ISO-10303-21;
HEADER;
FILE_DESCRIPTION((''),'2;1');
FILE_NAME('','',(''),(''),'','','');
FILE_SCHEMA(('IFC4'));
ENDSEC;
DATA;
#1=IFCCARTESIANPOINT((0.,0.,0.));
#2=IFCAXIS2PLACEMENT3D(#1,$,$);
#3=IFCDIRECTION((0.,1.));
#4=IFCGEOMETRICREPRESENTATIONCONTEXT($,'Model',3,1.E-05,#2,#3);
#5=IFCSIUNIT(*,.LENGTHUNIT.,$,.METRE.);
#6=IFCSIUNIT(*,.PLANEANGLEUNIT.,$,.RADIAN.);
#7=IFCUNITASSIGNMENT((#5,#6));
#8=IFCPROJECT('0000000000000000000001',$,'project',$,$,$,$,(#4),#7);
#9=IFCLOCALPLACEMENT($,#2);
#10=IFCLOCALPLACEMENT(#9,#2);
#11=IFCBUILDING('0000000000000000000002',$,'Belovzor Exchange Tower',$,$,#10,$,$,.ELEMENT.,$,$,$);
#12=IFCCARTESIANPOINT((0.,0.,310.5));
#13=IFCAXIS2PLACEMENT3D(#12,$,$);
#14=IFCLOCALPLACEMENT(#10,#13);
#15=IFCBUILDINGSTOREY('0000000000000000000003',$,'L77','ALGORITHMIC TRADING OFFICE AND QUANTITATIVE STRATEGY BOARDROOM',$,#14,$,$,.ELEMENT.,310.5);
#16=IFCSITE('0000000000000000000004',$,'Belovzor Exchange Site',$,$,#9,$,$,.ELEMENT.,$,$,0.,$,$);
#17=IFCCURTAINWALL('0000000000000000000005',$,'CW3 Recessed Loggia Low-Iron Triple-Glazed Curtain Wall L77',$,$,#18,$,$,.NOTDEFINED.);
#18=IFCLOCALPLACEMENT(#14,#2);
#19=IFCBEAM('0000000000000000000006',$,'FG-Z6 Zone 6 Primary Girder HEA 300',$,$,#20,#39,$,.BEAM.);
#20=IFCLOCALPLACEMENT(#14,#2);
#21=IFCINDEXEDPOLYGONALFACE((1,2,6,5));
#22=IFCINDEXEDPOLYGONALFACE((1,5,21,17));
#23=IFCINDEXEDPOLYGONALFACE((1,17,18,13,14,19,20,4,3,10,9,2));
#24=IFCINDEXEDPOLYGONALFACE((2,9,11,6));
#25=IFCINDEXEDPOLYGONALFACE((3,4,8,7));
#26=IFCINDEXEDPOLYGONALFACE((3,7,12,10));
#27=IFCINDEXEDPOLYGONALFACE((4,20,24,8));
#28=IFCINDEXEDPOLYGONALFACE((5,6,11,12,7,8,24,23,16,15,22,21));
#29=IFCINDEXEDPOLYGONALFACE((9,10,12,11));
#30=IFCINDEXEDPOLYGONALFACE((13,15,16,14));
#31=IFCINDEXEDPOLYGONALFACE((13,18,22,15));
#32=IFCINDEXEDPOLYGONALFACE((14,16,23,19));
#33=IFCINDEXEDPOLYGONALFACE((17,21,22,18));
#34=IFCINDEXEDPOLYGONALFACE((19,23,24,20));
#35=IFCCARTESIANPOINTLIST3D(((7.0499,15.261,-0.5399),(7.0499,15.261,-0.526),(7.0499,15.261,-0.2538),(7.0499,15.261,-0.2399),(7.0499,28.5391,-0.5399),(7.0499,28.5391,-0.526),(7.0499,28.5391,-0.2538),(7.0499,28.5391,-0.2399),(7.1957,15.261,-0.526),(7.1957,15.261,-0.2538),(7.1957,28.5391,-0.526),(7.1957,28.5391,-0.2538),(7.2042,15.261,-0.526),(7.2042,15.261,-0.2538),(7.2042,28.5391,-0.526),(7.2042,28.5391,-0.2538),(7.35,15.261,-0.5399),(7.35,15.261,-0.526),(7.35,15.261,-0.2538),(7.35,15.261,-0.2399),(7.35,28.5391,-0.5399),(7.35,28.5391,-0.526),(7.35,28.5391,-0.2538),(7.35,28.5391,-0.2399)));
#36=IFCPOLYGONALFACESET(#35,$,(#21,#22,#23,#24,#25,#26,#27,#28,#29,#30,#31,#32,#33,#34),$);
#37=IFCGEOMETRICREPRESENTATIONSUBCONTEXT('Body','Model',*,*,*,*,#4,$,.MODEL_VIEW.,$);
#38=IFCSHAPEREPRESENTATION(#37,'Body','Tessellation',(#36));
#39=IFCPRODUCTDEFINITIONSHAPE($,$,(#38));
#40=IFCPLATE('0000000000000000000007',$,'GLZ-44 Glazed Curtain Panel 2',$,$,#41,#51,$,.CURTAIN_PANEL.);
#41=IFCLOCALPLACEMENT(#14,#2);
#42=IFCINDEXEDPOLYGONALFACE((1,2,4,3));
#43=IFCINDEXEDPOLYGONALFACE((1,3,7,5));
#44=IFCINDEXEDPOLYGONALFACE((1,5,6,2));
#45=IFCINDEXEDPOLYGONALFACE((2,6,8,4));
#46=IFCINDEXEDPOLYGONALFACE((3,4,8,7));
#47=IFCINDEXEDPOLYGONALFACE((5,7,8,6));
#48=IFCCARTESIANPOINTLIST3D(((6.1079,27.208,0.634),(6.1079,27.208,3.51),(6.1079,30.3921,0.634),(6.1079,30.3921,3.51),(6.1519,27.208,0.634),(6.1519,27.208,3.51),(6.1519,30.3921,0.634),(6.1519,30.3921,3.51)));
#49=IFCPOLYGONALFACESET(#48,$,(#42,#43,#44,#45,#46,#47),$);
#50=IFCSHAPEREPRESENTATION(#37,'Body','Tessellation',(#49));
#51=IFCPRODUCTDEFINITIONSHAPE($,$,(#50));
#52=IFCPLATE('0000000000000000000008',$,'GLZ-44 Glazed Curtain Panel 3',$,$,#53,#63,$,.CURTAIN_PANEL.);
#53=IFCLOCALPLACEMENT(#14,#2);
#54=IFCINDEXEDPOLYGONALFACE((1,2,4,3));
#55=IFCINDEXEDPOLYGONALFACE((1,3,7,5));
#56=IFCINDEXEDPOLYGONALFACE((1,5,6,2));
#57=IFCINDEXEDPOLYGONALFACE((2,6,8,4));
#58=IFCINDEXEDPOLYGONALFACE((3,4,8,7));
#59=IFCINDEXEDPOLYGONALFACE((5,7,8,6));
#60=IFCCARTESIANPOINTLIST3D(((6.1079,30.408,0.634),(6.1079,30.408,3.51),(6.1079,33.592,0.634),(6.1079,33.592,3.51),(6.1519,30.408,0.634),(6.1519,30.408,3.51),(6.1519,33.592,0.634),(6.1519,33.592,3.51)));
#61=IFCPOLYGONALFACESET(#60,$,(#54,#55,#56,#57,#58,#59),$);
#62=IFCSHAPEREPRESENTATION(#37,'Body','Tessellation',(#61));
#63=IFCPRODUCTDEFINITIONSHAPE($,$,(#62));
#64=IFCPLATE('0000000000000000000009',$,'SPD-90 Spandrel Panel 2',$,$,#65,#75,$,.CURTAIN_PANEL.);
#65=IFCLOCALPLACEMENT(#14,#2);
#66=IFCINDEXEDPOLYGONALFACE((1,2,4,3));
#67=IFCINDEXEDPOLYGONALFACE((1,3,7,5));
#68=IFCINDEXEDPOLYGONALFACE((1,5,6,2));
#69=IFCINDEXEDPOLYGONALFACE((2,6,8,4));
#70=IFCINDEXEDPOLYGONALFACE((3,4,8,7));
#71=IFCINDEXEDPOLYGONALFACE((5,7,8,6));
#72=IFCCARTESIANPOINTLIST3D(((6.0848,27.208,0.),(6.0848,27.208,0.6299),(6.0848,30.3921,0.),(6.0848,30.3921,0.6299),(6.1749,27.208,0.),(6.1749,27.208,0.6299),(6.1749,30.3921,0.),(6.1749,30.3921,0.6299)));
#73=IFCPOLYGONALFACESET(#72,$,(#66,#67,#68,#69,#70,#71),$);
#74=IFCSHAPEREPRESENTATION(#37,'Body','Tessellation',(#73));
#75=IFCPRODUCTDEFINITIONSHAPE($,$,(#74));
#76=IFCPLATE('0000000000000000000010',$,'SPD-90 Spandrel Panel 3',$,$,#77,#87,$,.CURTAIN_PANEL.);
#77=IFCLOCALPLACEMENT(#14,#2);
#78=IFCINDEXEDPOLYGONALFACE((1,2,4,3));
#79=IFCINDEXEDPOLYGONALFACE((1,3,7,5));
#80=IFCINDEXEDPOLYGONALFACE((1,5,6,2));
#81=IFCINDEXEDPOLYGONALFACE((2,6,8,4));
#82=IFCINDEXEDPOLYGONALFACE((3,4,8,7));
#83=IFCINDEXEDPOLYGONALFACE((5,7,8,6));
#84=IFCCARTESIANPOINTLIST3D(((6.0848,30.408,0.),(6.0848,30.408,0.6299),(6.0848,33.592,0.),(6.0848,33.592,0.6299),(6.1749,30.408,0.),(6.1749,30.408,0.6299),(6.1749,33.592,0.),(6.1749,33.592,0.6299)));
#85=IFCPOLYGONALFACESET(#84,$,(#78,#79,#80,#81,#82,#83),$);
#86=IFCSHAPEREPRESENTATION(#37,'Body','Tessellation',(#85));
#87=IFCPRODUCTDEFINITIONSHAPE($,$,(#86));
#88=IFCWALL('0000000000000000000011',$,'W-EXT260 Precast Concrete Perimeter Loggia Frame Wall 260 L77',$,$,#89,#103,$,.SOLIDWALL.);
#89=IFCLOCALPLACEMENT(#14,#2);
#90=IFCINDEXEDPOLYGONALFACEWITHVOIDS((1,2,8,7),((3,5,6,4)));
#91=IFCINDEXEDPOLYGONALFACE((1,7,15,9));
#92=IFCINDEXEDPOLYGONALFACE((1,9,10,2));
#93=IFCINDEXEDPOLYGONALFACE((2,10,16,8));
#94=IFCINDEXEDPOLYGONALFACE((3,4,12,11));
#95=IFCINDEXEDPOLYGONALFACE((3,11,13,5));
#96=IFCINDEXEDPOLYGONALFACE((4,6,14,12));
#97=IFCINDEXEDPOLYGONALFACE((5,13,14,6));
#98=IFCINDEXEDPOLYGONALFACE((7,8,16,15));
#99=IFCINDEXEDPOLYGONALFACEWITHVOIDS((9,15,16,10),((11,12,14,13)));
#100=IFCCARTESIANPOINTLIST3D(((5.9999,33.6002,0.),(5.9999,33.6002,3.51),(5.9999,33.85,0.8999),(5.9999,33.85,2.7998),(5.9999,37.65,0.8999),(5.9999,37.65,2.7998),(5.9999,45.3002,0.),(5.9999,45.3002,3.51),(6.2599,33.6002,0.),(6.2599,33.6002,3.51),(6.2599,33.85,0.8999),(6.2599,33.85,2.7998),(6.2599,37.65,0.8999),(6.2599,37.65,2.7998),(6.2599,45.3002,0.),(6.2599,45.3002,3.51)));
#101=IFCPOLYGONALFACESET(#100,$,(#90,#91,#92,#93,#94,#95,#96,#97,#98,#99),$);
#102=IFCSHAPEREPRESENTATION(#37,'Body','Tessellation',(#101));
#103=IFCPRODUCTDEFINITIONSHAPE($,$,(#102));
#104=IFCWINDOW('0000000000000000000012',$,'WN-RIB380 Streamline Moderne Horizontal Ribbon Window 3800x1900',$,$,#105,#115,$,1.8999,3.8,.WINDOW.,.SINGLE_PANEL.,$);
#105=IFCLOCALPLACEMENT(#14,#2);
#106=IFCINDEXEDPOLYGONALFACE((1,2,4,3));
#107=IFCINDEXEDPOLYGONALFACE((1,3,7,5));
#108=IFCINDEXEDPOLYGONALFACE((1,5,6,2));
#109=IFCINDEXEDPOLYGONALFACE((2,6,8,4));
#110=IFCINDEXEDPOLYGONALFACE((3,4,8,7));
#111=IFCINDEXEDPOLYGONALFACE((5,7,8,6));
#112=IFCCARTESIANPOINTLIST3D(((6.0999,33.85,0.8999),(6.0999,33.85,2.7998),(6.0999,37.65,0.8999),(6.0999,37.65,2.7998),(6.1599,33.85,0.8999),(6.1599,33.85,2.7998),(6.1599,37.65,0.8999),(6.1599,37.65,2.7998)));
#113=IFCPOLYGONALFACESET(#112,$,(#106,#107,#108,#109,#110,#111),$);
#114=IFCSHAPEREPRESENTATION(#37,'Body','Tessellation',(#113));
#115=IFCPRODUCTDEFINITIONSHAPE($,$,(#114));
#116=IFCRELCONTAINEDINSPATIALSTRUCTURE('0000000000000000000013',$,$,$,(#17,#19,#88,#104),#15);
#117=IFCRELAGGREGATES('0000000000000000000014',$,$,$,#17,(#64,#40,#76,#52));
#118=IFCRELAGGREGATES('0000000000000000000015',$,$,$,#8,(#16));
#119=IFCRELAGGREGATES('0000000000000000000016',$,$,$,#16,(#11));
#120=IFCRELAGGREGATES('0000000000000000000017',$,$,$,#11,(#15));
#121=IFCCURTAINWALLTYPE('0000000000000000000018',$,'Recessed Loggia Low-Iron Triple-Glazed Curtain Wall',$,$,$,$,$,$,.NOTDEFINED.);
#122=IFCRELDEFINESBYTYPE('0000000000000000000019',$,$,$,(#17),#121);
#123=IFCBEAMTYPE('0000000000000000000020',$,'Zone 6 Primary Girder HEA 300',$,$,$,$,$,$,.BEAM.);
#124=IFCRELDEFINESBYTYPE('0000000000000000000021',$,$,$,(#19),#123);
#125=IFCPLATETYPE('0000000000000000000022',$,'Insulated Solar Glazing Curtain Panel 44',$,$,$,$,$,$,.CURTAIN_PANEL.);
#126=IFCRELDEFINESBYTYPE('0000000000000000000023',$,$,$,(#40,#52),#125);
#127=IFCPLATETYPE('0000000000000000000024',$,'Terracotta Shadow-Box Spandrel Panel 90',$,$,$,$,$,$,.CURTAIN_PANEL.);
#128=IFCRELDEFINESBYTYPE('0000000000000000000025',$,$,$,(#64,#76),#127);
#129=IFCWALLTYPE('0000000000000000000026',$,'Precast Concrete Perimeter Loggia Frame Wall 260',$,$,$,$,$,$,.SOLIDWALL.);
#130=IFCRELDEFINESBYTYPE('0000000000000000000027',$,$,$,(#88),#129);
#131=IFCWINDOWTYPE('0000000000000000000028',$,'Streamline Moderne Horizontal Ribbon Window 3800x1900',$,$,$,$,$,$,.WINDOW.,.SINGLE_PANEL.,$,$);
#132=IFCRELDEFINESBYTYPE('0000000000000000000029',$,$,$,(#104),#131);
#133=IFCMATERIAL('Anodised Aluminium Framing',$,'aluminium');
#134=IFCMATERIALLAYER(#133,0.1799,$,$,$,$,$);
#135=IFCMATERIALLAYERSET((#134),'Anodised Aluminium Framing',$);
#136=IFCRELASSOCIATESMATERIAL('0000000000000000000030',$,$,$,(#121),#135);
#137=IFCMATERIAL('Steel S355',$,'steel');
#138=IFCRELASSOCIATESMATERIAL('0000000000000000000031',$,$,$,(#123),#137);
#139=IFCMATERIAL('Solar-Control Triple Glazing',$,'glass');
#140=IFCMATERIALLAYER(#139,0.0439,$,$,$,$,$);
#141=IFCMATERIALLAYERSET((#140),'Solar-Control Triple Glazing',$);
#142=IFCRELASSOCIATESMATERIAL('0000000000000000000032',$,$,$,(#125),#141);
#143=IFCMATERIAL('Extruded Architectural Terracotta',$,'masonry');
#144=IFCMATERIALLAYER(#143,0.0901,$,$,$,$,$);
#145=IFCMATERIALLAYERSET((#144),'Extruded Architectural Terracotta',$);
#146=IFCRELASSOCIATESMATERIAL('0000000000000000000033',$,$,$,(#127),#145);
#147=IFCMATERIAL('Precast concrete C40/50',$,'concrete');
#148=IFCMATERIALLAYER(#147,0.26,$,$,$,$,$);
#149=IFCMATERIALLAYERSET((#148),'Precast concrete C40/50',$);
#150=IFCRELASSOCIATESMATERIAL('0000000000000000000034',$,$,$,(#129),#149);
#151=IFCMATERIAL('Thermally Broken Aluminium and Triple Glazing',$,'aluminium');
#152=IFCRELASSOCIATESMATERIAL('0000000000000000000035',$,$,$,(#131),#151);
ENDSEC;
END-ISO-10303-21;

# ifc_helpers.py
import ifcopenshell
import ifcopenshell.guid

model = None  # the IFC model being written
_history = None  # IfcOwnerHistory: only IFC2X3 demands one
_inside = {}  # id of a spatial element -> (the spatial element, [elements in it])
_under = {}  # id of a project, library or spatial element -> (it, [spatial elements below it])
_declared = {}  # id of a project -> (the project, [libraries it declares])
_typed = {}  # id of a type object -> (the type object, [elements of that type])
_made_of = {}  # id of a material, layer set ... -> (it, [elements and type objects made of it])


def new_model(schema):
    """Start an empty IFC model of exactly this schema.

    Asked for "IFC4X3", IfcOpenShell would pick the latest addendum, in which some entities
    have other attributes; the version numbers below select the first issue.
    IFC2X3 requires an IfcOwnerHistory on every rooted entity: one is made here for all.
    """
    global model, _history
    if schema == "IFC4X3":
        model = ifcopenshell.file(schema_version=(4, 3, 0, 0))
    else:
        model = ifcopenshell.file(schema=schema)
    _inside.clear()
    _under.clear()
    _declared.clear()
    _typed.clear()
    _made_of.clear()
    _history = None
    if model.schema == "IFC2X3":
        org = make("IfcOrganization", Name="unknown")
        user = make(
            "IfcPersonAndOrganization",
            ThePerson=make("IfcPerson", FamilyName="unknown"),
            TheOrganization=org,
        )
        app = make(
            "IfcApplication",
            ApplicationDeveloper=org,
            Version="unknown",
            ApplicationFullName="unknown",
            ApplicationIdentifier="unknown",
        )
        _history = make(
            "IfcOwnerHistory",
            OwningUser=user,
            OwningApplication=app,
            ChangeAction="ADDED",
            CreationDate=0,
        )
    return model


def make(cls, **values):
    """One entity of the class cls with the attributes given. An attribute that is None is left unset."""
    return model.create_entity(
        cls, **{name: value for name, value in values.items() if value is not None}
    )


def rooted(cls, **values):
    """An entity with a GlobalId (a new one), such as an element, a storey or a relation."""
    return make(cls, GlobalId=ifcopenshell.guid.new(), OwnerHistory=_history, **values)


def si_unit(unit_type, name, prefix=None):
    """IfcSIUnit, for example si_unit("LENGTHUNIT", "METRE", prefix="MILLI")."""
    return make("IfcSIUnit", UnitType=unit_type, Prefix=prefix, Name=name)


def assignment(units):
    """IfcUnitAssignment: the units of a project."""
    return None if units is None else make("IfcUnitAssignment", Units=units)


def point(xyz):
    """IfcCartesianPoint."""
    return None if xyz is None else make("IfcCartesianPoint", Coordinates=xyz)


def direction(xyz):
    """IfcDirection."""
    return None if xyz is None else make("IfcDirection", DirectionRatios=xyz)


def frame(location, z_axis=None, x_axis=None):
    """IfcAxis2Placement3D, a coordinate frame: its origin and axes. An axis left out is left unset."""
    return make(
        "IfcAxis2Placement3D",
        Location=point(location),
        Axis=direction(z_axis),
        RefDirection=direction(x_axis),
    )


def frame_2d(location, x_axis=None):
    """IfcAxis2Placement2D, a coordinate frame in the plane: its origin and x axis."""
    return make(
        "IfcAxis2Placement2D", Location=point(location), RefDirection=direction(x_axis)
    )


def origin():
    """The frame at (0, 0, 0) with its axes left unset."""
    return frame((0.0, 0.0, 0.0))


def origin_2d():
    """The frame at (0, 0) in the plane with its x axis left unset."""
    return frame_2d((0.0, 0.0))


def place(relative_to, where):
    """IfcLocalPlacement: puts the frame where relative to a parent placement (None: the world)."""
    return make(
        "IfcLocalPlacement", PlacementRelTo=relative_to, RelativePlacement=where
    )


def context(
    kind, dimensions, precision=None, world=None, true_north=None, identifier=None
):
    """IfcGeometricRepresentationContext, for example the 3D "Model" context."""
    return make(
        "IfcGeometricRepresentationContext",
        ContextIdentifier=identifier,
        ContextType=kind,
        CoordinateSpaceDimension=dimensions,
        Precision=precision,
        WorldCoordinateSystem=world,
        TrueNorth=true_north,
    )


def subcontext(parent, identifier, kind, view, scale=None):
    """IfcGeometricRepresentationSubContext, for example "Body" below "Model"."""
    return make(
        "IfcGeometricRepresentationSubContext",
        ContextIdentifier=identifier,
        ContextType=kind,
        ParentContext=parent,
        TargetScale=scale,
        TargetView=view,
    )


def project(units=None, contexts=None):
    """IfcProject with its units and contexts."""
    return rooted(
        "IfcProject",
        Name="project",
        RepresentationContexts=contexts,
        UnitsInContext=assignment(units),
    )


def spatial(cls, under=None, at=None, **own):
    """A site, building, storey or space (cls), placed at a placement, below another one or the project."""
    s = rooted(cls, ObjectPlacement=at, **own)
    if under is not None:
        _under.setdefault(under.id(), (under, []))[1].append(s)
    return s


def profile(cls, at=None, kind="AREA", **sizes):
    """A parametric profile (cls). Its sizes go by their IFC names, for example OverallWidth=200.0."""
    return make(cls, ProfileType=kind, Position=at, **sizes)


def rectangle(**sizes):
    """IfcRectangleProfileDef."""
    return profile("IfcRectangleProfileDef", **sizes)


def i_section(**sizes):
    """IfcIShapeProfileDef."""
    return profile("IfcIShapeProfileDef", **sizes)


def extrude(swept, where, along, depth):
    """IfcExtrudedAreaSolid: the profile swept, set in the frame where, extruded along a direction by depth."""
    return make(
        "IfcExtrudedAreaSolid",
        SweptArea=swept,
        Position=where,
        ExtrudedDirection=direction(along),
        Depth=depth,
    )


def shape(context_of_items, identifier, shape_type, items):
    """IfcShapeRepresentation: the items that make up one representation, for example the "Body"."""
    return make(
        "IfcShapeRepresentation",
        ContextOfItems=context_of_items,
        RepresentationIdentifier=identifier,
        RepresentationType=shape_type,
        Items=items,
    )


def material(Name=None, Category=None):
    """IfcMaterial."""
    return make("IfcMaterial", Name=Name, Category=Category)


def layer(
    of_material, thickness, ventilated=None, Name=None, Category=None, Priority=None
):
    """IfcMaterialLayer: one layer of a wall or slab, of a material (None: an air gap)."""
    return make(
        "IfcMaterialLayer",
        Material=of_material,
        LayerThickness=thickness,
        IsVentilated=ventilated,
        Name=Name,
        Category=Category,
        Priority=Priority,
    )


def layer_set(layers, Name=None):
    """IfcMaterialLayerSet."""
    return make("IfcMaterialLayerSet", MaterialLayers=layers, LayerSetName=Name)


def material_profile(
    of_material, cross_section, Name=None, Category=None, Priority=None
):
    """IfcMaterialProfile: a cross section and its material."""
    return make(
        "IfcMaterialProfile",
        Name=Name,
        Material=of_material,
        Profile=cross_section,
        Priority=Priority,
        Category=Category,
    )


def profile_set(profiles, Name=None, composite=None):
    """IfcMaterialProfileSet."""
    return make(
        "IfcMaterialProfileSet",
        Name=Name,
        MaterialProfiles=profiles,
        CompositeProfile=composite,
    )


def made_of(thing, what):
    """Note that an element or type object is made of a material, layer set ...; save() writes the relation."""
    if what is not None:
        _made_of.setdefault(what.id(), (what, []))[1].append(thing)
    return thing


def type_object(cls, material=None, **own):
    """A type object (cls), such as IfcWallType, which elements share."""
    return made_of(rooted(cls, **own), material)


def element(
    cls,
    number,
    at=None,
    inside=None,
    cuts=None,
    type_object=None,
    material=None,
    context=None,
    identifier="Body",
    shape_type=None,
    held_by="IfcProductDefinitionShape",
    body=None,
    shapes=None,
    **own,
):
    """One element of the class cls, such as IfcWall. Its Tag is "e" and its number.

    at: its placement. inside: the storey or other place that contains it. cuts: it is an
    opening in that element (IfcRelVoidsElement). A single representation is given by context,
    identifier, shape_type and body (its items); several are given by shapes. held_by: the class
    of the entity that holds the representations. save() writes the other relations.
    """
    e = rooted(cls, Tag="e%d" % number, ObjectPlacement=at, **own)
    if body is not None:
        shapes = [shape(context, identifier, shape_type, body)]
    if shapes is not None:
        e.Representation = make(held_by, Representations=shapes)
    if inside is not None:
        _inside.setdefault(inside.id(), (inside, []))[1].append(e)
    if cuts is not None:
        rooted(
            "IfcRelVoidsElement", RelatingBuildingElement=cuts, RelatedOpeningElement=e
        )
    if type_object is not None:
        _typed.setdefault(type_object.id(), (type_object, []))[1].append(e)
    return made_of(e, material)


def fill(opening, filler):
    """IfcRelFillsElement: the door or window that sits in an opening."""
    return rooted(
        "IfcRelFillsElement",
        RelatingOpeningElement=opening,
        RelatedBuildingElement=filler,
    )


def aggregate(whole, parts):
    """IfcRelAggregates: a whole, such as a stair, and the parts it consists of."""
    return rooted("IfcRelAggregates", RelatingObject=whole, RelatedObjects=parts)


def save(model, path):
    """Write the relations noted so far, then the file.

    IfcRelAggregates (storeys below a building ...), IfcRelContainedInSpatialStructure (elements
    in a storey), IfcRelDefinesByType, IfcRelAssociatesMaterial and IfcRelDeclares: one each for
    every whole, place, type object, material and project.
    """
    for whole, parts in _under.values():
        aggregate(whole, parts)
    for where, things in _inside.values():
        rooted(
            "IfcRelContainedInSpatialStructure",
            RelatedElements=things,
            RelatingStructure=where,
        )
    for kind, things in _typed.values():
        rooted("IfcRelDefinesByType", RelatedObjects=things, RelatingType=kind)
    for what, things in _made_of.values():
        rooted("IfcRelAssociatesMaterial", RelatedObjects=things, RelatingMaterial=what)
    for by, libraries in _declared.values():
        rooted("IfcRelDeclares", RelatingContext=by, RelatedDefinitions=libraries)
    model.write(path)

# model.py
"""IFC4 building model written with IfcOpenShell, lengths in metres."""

from ifc_helpers import new_model, si_unit, direction, frame, frame_2d, origin, origin_2d, place, context, subcontext, project, spatial, rectangle, i_section, extrude, material, layer, layer_set, material_profile, profile_set, type_object, element, fill, aggregate, save


model = new_model("IFC4")

# Units and contexts
model_context = context("Model", 3, precision=1e-05, world=origin(), true_north=direction((0.0, 1.0)))
body_context = subcontext(model_context, "Body", "Model", "MODEL_VIEW")
ifc_project = project(units=[si_unit("LENGTHUNIT", "METRE"), si_unit("PLANEANGLEUNIT", "RADIAN")], contexts=[model_context])

# Site, building, storey
site_placement = place(None, origin())
site = spatial("IfcSite", under=ifc_project, at=site_placement, Name="Belovzor Exchange Site", CompositionType="ELEMENT", RefElevation=0.0)
building_placement = place(site_placement, origin())
building = spatial("IfcBuilding", under=site, at=building_placement, Name="Belovzor Exchange Tower", CompositionType="ELEMENT")
storey_placement = place(building_placement, frame((0.0, 0.0, 310.5)))
storey = spatial("IfcBuildingStorey", under=building, at=storey_placement, Name="L77", Description="ALGORITHMIC TRADING OFFICE AND QUANTITATIVE STRATEGY BOARDROOM", CompositionType="ELEMENT", Elevation=310.5)

# Curtain wall
ifc_material_1 = material(Name="Anodised Aluminium Framing", Category="aluminium")
ifc_layer_1 = layer(ifc_material_1, 0.1799)
ifc_layer_set_1 = layer_set([ifc_layer_1], Name="Anodised Aluminium Framing")
curtain_wall_type = type_object("IfcCurtainWallType", Name="Recessed Loggia Low-Iron Triple-Glazed Curtain Wall", PredefinedType="NOTDEFINED", material=ifc_layer_set_1)
curtain_wall_placement = place(storey_placement, origin())
curtain_wall = element("IfcCurtainWall", 1, at=curtain_wall_placement, inside=storey, type_object=curtain_wall_type, Name="CW3 Recessed Loggia Low-Iron Triple-Glazed Curtain Wall L77", PredefinedType="NOTDEFINED")

# Beam
ifc_material_2 = material(Name="Steel S355", Category="steel")
ifc_material_profile_1 = material_profile(ifc_material_2, i_section(OverallWidth=0.3, OverallDepth=0.3, WebThickness=0.0085, FlangeThickness=0.0139, at=origin_2d()))
ifc_profile_set_1 = profile_set([ifc_material_profile_1], Name="Steel S355")
beam_type_1 = type_object("IfcBeamType", Name="Zone 6 Primary Girder HEA 300", PredefinedType="BEAM", material=ifc_profile_set_1)
beam_1_placement = place(storey_placement, frame((7.2, 28.5391, -0.3899), z_axis=(0.0, -1.0, 0.0), x_axis=(1.0, 0.0, 0.0)))
element("IfcBeam", 2, at=beam_1_placement, inside=storey, type_object=beam_type_1, Name="FG-Z6 Zone 6 Primary Girder HEA 300", PredefinedType="BEAM", context=body_context, shape_type="SweptSolid", body=[
    extrude(i_section(OverallWidth=0.3, OverallDepth=0.3, WebThickness=0.0085, FlangeThickness=0.0139, at=origin_2d()), origin(), (0.0, 0.0, 1.0), 13.2781),
])

# Plates
ifc_material_3 = material(Name="Solar-Control Triple Glazing", Category="glass")
ifc_layer_2 = layer(ifc_material_3, 0.0439)
ifc_layer_set_2 = layer_set([ifc_layer_2], Name="Solar-Control Triple Glazing")
plate_type_1 = type_object("IfcPlateType", Name="Insulated Solar Glazing Curtain Panel 44", PredefinedType="CURTAIN_PANEL", material=ifc_layer_set_2)
plate_1_placement = place(storey_placement, frame((6.1299, 28.8, 0.634), z_axis=(0.0, 0.0, 1.0), x_axis=(0.0, 1.0, 0.0)))
plate_1 = element("IfcPlate", 3, at=plate_1_placement, type_object=plate_type_1, Name="GLZ-44 Glazed Curtain Panel 2", PredefinedType="CURTAIN_PANEL", context=body_context, shape_type="SweptSolid", body=[
    extrude(rectangle(XDim=3.1841, YDim=0.0439, at=origin_2d()), origin(), (0.0, 0.0, 1.0), 2.876),
])
plate_2_placement = place(storey_placement, frame((6.1299, 32.0, 0.634), z_axis=(0.0, 0.0, 1.0), x_axis=(0.0, 1.0, 0.0)))
plate_2 = element("IfcPlate", 4, at=plate_2_placement, type_object=plate_type_1, Name="GLZ-44 Glazed Curtain Panel 3", PredefinedType="CURTAIN_PANEL", context=body_context, shape_type="SweptSolid", body=[
    extrude(rectangle(XDim=3.1841, YDim=0.0439, at=origin_2d()), origin(), (0.0, 0.0, 1.0), 2.876),
])
ifc_material_4 = material(Name="Extruded Architectural Terracotta", Category="masonry")
ifc_layer_3 = layer(ifc_material_4, 0.0901)
ifc_layer_set_3 = layer_set([ifc_layer_3], Name="Extruded Architectural Terracotta")
plate_type_2 = type_object("IfcPlateType", Name="Terracotta Shadow-Box Spandrel Panel 90", PredefinedType="CURTAIN_PANEL", material=ifc_layer_set_3)
plate_3_placement = place(storey_placement, frame((6.1299, 28.8, 0.0), z_axis=(0.0, 0.0, 1.0), x_axis=(0.0, 1.0, 0.0)))
plate_3 = element("IfcPlate", 5, at=plate_3_placement, type_object=plate_type_2, Name="SPD-90 Spandrel Panel 2", PredefinedType="CURTAIN_PANEL", context=body_context, shape_type="SweptSolid", body=[
    extrude(rectangle(XDim=3.1841, YDim=0.0901, at=origin_2d()), origin(), (0.0, 0.0, 1.0), 0.6299),
])
plate_4_placement = place(storey_placement, frame((6.1299, 32.0, 0.0), z_axis=(0.0, 0.0, 1.0), x_axis=(0.0, 1.0, 0.0)))
plate_4 = element("IfcPlate", 6, at=plate_4_placement, type_object=plate_type_2, Name="SPD-90 Spandrel Panel 3", PredefinedType="CURTAIN_PANEL", context=body_context, shape_type="SweptSolid", body=[
    extrude(rectangle(XDim=3.1841, YDim=0.0901, at=origin_2d()), origin(), (0.0, 0.0, 1.0), 0.6299),
])
aggregate(curtain_wall, [plate_3, plate_1, plate_4, plate_2])

# Wall, opening, window
ifc_material_5 = material(Name="Precast concrete C40/50", Category="concrete")
ifc_layer_4 = layer(ifc_material_5, 0.26)
ifc_layer_set_4 = layer_set([ifc_layer_4], Name="Precast concrete C40/50")
wall_type = type_object("IfcWallType", Name="Precast Concrete Perimeter Loggia Frame Wall 260", PredefinedType="SOLIDWALL", material=ifc_layer_set_4)
wall_placement = place(storey_placement, frame((6.1299, 33.6001, 0.0), z_axis=(0.0, 0.0, 1.0), x_axis=(0.0, 1.0, 0.0)))
wall = element("IfcWall", 7, at=wall_placement, inside=storey, type_object=wall_type, Name="W-EXT260 Precast Concrete Perimeter Loggia Frame Wall 260 L77", PredefinedType="SOLIDWALL", context=body_context, shape_type="SweptSolid", body=[
    extrude(rectangle(XDim=11.7, YDim=0.26, at=frame_2d((5.8501, 0.0))), origin(), (0.0, 0.0, 1.0), 3.51),
])
opening_placement = place(wall_placement, frame((0.25, 0.0, 0.8999)))
opening = element("IfcOpeningElement", 8, at=opening_placement, cuts=wall, PredefinedType="OPENING", context=body_context, shape_type="SweptSolid", body=[
    extrude(rectangle(XDim=3.8, YDim=1.8999, at=frame_2d((1.8999, 0.95))), frame((0.0, 0.1399, 0.0), z_axis=(0.0, -1.0, 0.0), x_axis=(1.0, 0.0, 0.0)), (0.0, 0.0, 1.0), 0.28),
])
ifc_material_6 = material(Name="Thermally Broken Aluminium and Triple Glazing", Category="aluminium")
window_type = type_object("IfcWindowType", Name="Streamline Moderne Horizontal Ribbon Window 3800x1900", PartitioningType="SINGLE_PANEL", PredefinedType="WINDOW", material=ifc_material_6)
window_placement = place(opening_placement, origin())
window = element("IfcWindow", 9, at=window_placement, inside=storey, type_object=window_type, Name="WN-RIB380 Streamline Moderne Horizontal Ribbon Window 3800x1900", OverallHeight=1.8999, OverallWidth=3.8, PartitioningType="SINGLE_PANEL", PredefinedType="WINDOW", context=body_context, shape_type="SweptSolid", body=[
    extrude(rectangle(XDim=3.8, YDim=1.8999, at=frame_2d((1.8999, 0.95))), frame((0.0, 0.03, 0.0), z_axis=(0.0, -1.0, 0.0), x_axis=(1.0, 0.0, 0.0)), (0.0, 0.0, 1.0), 0.0601),
])
fill(opening, window)

save(model, "model.ifc")
